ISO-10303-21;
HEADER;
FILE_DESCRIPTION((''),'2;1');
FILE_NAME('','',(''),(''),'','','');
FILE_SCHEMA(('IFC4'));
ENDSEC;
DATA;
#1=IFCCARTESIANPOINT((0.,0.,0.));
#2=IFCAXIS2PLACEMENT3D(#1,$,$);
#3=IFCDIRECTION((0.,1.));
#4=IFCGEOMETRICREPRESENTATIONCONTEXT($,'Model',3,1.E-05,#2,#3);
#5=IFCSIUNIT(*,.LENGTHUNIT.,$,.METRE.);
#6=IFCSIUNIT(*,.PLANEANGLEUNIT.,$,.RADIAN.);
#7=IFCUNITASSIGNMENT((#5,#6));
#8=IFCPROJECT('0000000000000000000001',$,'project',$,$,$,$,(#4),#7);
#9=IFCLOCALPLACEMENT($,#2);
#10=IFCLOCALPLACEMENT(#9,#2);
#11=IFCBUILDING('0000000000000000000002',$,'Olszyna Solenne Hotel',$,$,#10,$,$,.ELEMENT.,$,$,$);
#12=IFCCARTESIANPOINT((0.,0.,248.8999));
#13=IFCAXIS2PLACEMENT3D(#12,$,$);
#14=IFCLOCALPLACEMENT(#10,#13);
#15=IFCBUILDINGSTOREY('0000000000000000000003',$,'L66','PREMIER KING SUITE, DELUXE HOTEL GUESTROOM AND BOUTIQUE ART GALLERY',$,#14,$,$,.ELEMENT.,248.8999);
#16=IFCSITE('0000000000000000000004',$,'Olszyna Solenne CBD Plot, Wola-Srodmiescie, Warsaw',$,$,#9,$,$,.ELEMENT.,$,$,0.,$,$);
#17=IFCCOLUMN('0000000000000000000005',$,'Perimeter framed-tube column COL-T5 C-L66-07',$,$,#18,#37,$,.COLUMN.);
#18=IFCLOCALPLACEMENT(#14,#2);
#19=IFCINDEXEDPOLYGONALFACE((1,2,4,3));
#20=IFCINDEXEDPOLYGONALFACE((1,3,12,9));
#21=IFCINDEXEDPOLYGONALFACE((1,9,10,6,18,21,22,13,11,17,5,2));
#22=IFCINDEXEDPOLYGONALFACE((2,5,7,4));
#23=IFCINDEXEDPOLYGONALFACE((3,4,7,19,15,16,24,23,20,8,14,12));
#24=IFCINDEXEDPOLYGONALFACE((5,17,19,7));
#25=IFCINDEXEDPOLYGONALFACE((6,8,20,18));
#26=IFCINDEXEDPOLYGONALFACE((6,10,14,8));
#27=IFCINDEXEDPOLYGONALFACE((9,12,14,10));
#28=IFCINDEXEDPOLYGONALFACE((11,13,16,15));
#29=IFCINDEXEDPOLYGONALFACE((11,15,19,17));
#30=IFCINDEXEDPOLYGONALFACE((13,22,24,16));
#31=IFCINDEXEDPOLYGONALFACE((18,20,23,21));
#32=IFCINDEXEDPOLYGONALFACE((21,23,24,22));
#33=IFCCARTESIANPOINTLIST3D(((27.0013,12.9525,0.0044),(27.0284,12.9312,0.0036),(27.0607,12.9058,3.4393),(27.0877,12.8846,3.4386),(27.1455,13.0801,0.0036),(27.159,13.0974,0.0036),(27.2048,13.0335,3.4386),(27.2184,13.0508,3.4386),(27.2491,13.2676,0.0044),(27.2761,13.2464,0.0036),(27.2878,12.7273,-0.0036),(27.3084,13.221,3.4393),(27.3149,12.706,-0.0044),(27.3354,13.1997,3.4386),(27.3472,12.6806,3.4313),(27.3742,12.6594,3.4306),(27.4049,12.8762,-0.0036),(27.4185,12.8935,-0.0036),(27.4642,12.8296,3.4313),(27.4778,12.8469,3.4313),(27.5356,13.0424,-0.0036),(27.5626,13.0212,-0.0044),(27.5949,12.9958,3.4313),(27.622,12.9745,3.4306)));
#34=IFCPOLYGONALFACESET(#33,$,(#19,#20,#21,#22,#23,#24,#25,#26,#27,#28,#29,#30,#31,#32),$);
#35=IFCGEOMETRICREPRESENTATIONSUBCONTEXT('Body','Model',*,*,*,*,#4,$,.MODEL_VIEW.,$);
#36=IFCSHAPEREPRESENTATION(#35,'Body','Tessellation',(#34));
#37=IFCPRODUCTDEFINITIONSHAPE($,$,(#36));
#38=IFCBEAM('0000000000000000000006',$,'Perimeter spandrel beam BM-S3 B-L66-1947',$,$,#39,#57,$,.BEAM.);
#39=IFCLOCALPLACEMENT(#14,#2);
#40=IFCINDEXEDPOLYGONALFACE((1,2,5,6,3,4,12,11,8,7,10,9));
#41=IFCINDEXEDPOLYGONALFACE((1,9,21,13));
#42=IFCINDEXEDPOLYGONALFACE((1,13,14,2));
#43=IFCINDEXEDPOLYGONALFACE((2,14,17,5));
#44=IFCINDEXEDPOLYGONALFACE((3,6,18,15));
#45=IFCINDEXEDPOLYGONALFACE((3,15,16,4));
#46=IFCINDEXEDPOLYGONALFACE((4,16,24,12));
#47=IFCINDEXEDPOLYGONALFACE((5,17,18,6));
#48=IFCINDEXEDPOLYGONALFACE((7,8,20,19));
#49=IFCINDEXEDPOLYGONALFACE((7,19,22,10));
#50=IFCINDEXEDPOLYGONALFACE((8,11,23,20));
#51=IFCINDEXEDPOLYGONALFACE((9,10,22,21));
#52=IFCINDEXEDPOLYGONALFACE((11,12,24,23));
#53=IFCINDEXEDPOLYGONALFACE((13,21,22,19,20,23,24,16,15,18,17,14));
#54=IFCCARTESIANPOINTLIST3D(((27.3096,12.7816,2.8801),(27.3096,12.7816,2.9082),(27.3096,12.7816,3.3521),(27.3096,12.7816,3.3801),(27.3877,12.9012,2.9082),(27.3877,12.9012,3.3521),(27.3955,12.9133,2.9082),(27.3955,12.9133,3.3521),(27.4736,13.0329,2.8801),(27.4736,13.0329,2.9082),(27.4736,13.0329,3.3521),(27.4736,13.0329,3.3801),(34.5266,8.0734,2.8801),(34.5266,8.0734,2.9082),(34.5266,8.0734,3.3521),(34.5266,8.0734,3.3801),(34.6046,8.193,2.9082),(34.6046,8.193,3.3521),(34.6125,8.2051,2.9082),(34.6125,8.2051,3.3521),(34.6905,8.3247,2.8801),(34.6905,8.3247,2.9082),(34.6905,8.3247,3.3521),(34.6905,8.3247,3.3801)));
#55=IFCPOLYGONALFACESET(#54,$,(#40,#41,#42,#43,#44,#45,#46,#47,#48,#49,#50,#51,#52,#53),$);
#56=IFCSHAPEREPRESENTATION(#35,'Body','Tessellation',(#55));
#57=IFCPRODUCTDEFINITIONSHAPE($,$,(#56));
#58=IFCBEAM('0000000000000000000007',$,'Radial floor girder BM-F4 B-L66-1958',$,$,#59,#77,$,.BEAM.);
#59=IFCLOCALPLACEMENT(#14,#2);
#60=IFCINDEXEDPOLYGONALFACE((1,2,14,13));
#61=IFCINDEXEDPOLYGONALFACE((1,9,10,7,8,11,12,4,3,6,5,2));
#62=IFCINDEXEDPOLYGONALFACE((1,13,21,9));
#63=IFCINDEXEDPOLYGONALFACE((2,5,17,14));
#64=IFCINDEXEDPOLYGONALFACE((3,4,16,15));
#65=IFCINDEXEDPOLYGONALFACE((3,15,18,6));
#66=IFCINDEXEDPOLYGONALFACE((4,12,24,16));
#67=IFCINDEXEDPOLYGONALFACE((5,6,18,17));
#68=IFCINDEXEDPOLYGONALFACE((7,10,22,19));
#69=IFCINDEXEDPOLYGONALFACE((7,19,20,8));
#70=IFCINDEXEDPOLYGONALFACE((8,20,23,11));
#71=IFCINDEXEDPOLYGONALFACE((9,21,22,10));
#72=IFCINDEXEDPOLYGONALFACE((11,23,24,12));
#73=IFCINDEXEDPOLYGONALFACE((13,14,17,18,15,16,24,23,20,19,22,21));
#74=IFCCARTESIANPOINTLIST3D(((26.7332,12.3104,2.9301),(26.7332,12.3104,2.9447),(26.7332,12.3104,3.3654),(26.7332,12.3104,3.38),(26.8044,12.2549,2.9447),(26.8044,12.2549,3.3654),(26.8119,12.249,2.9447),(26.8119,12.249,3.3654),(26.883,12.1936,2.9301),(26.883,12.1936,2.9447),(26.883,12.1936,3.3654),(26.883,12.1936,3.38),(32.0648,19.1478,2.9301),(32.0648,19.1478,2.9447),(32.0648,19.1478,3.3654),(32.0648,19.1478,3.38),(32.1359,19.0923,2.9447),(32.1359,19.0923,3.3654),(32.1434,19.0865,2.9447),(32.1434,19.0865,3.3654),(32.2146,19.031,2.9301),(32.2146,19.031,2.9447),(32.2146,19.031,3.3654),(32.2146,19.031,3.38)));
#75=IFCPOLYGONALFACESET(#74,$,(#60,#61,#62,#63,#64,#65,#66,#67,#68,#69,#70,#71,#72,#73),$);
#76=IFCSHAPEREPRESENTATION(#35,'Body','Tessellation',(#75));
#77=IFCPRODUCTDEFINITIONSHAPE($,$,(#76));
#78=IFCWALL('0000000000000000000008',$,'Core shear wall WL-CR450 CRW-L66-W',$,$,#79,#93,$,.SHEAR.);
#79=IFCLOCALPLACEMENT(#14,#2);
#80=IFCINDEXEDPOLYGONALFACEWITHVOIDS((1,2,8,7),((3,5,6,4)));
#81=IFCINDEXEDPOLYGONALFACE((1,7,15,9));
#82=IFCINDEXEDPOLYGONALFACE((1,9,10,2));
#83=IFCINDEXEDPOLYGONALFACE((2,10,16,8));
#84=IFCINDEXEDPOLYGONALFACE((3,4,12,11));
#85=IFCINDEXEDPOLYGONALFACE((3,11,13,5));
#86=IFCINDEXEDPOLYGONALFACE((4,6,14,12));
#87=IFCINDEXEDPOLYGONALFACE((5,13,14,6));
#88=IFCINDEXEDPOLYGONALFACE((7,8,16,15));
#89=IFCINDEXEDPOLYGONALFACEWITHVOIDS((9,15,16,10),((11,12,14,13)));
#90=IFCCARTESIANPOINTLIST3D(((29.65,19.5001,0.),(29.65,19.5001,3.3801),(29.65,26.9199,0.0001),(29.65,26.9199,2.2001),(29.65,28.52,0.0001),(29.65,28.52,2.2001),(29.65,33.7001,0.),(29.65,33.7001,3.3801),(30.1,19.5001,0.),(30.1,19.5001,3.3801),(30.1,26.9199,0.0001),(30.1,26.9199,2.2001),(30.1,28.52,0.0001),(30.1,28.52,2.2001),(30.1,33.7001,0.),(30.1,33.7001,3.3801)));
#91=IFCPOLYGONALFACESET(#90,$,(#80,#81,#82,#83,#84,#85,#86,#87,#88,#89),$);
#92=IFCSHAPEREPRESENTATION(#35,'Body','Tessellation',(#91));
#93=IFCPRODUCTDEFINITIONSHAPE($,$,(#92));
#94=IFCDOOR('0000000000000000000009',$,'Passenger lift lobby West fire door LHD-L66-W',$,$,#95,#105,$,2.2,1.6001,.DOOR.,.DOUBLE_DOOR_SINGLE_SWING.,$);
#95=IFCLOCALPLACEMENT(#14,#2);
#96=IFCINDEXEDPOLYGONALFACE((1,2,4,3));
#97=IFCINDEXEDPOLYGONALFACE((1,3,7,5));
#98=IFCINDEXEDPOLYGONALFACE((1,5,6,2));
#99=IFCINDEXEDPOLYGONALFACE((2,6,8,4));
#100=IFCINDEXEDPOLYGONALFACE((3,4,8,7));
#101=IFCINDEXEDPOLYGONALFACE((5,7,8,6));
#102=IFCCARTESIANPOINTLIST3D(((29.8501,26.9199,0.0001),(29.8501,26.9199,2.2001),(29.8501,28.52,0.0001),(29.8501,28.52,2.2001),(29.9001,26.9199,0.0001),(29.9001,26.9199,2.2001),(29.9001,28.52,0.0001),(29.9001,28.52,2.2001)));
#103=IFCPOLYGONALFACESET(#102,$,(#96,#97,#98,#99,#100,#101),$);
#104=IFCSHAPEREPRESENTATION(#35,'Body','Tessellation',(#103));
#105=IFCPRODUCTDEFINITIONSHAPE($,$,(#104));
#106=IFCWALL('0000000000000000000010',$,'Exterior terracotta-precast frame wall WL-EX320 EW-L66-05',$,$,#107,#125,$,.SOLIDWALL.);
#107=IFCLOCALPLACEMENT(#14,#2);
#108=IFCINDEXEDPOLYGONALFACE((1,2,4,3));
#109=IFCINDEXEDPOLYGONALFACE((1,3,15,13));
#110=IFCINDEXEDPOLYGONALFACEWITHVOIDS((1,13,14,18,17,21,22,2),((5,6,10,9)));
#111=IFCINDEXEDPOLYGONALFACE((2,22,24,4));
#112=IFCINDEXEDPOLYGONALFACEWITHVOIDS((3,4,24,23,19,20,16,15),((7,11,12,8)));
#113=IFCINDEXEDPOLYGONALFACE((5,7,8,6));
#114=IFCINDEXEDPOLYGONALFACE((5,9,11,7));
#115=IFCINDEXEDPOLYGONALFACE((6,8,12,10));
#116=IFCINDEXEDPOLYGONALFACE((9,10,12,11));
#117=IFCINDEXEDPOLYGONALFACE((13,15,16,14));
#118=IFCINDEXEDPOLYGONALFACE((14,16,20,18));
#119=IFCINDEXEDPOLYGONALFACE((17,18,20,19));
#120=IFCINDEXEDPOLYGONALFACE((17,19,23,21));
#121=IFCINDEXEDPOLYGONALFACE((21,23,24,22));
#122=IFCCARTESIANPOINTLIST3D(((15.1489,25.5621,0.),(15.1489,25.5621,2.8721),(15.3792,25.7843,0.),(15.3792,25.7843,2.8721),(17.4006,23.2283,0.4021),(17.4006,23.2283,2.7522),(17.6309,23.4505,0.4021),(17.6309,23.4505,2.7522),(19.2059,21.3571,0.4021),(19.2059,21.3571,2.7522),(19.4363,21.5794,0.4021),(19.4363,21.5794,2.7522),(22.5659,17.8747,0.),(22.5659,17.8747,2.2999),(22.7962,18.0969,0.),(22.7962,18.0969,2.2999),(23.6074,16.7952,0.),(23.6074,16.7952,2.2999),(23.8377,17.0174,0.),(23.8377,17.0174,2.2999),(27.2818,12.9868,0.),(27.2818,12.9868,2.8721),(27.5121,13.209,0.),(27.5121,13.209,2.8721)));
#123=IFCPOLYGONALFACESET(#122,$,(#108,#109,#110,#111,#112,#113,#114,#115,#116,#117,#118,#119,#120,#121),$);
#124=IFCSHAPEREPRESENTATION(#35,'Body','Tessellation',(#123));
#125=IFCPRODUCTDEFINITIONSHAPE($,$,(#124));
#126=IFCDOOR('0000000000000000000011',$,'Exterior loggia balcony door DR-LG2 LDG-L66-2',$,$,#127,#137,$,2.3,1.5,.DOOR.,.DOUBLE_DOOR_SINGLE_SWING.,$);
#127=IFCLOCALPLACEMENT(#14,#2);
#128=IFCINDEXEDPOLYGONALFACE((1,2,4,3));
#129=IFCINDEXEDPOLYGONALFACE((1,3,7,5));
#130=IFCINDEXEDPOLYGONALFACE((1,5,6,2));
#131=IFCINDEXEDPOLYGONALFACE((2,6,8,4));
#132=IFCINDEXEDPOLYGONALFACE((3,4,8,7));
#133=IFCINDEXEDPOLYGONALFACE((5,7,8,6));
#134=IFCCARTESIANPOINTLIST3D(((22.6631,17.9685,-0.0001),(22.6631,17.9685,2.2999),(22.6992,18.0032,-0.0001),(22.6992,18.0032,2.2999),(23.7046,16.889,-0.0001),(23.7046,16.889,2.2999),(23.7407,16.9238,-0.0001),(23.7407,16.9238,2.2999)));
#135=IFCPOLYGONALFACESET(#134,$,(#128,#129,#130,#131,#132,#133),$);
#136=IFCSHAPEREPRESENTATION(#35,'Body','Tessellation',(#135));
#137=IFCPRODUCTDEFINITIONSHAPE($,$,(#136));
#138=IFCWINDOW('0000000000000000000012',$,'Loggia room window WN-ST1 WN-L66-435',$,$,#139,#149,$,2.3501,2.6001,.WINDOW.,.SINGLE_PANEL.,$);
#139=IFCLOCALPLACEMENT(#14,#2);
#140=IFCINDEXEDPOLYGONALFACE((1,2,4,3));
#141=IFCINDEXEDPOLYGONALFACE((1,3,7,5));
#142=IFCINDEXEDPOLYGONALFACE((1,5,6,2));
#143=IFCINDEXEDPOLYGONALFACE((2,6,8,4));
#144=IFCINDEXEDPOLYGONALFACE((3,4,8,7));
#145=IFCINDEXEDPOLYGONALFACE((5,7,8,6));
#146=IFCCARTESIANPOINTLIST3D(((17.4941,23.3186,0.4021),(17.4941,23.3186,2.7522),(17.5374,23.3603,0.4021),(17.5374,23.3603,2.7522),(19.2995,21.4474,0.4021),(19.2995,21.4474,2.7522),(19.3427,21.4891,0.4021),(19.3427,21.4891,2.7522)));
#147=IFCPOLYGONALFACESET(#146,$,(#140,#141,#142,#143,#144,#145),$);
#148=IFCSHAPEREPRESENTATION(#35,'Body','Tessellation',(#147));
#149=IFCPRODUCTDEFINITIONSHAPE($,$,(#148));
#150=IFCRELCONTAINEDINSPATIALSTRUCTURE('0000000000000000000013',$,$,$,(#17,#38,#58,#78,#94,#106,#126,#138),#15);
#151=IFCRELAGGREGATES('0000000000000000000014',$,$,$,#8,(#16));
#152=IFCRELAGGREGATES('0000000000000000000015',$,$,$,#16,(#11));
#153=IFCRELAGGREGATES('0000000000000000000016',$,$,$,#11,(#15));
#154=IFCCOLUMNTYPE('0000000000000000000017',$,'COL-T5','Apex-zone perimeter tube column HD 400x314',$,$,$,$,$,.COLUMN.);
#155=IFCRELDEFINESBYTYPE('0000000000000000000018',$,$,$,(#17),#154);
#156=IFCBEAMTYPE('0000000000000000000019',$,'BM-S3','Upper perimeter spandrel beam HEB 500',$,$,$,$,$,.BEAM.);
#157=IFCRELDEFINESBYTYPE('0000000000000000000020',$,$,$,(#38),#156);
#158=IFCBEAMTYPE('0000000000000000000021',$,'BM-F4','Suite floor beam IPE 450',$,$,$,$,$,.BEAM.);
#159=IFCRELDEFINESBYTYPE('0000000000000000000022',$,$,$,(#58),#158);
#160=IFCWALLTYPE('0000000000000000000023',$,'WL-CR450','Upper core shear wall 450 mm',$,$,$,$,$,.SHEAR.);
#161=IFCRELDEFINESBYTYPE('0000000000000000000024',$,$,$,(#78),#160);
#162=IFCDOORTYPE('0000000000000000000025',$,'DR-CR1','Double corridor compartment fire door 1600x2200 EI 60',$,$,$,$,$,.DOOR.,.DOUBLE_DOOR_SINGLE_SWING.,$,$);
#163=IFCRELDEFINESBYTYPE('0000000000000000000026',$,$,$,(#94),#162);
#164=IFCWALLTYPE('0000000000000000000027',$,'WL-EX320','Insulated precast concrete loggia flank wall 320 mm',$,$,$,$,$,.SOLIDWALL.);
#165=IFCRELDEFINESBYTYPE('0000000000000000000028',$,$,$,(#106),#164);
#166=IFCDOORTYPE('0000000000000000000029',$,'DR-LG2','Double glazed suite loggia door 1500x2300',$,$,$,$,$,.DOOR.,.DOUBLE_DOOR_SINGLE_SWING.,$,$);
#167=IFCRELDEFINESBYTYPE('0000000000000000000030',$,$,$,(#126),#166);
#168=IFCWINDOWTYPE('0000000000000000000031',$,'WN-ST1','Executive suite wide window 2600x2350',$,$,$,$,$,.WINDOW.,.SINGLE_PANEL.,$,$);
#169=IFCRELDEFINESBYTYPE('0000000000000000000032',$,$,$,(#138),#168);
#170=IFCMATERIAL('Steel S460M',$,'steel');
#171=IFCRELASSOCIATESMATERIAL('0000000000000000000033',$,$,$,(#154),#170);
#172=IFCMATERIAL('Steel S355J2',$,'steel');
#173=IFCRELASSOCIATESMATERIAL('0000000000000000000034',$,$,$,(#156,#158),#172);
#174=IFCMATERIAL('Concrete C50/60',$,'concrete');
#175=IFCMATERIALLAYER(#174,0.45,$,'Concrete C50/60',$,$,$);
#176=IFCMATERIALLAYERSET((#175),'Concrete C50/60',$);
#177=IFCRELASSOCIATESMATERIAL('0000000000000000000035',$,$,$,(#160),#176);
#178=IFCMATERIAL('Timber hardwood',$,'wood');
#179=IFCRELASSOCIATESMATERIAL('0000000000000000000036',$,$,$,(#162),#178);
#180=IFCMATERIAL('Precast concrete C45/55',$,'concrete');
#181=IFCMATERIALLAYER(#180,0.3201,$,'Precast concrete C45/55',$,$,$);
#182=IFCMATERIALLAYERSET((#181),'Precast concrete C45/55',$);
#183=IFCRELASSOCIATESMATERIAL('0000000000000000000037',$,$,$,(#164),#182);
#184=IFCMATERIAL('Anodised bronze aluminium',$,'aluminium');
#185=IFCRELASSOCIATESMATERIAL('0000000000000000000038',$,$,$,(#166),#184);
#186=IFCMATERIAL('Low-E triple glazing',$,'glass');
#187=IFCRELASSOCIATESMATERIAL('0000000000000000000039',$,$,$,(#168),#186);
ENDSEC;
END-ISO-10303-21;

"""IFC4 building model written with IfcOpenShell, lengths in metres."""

from ifc_helpers import new_model, si_unit, direction, frame, frame_2d, origin, origin_2d, place, context, subcontext, project, spatial, rectangle, i_section, extrude, source, transform, mapped, material, layer, layer_set, material_profile, profile_set, type_object, type_shapes, element, fill, save


model = new_model("IFC4")

# Units and contexts
model_context = context("Model", 3, precision=1e-05, world=origin(), true_north=direction((0.0, 1.0)))
body_context = subcontext(model_context, "Body", "Model", "MODEL_VIEW")
ifc_project = project(units=[si_unit("LENGTHUNIT", "METRE"), si_unit("PLANEANGLEUNIT", "RADIAN")], contexts=[model_context])

# Site, building, storey
site_placement = place(None, origin())
site = spatial("IfcSite", under=ifc_project, at=site_placement, Name="Olszyna Solenne CBD Plot, Wola-Srodmiescie, Warsaw", CompositionType="ELEMENT", RefElevation=0.0)
building_placement = place(site_placement, origin())
building = spatial("IfcBuilding", under=site, at=building_placement, Name="Olszyna Solenne Hotel", CompositionType="ELEMENT")
storey_placement = place(building_placement, frame((0.0, 0.0, 248.8999)))
storey = spatial("IfcBuildingStorey", under=building, at=storey_placement, Name="L66", Description="PREMIER KING SUITE, DELUXE HOTEL GUESTROOM AND BOUTIQUE ART GALLERY", CompositionType="ELEMENT", Elevation=248.8999)

# Column
ifc_material_1 = material(Name="Steel S460M", Category="steel")
ifc_material_profile_1 = material_profile(ifc_material_1, i_section(OverallWidth=0.4009, OverallDepth=0.3989, WebThickness=0.022, FlangeThickness=0.0344, at=origin_2d()), Name="HD 400x314", Category="load-bearing")
ifc_profile_set_1 = profile_set([ifc_material_profile_1], Name="Steel S460M")
column_type = type_object("IfcColumnType", Name="COL-T5", Description="Apex-zone perimeter tube column HD 400x314", PredefinedType="COLUMN", material=ifc_profile_set_1)
shared_shape_1 = source(origin(), body_context, "Body", "SweptSolid", [
    extrude(i_section(OverallWidth=0.4009, OverallDepth=0.3989, WebThickness=0.022, FlangeThickness=0.0344, at=origin_2d()), origin(), (0.0, 0.0, 1.0), 3.4358),
])
column_placement = place(storey_placement, frame((27.282, 12.9868, 0.0), z_axis=(0.017267, -0.013572, 0.999759), x_axis=(0.617964, 0.786206, 0.0)))
element("IfcColumn", 1, at=column_placement, inside=storey, type_object=column_type, Name="Perimeter framed-tube column COL-T5 C-L66-07", PredefinedType="COLUMN", context=body_context, shape_type="MappedRepresentation", body=[
    mapped(shared_shape_1, transform((0.0, 0.0, 0.0), x_axis=(1.0, 0.0, 0.0), y_axis=(0.0, 1.0, 0.0), z_axis=(0.0, 0.0, 1.0), scale=1.0)),
])

# Beams
ifc_material_2 = material(Name="Steel S355J2", Category="steel")
ifc_material_profile_2 = material_profile(ifc_material_2, i_section(OverallWidth=0.3, OverallDepth=0.5, WebThickness=0.0144, FlangeThickness=0.0281, at=origin_2d()), Name="HEB 500", Category="load-bearing")
ifc_profile_set_2 = profile_set([ifc_material_profile_2], Name="Steel S355J2")
beam_type_1 = type_object("IfcBeamType", Name="BM-S3", Description="Upper perimeter spandrel beam HEB 500", PredefinedType="BEAM", material=ifc_profile_set_2)
shared_shape_2 = source(origin(), body_context, "Body", "SweptSolid", [
    extrude(i_section(OverallWidth=0.3, OverallDepth=0.5, WebThickness=0.0144, FlangeThickness=0.0281, at=origin_2d()), origin(), (0.0, 0.0, 1.0), 8.6169),
])
beam_1_placement = place(storey_placement, frame((27.3916, 12.9072, 3.1301), z_axis=(0.837532, -0.546389, 0.0), x_axis=(0.546389, 0.837532, 0.0)))
element("IfcBeam", 2, at=beam_1_placement, inside=storey, type_object=beam_type_1, Name="Perimeter spandrel beam BM-S3 B-L66-1947", PredefinedType="BEAM", context=body_context, shape_type="MappedRepresentation", body=[
    mapped(shared_shape_2, transform((0.0, 0.0, 0.0), x_axis=(1.0, 0.0, 0.0), y_axis=(0.0, 1.0, 0.0), z_axis=(0.0, 0.0, 1.0), scale=1.0)),
])
ifc_material_profile_3 = material_profile(ifc_material_2, i_section(OverallWidth=0.1899, OverallDepth=0.45, WebThickness=0.0095, FlangeThickness=0.0146, at=origin_2d()), Name="IPE 450", Category="load-bearing")
ifc_profile_set_3 = profile_set([ifc_material_profile_3], Name="Steel S355J2")
beam_type_2 = type_object("IfcBeamType", Name="BM-F4", Description="Suite floor beam IPE 450", PredefinedType="BEAM", material=ifc_profile_set_3)
shared_shape_3 = source(origin(), body_context, "Body", "SweptSolid", [
    extrude(i_section(OverallWidth=0.1899, OverallDepth=0.45, WebThickness=0.0095, FlangeThickness=0.0146, at=origin_2d()), origin(), (0.0, 0.0, 1.0), 8.6704),
])
beam_2_placement = place(storey_placement, frame((26.8081, 12.252, 3.155), z_axis=(0.614915, 0.788594, 0.0), x_axis=(-0.788594, 0.614915, 0.0)))
element("IfcBeam", 3, at=beam_2_placement, inside=storey, type_object=beam_type_2, Name="Radial floor girder BM-F4 B-L66-1958", PredefinedType="BEAM", context=body_context, shape_type="MappedRepresentation", body=[
    mapped(shared_shape_3, transform((0.0, 0.0, 0.0), x_axis=(1.0, 0.0, 0.0), y_axis=(0.0, 1.0, 0.0), z_axis=(0.0, 0.0, 1.0), scale=1.0)),
])

# Wall, opening, door
ifc_material_3 = material(Name="Concrete C50/60", Category="concrete")
ifc_layer_1 = layer(ifc_material_3, 0.45, Name="Concrete C50/60")
ifc_layer_set_1 = layer_set([ifc_layer_1], Name="Concrete C50/60")
wall_type_1 = type_object("IfcWallType", Name="WL-CR450", Description="Upper core shear wall 450 mm", PredefinedType="SHEAR", material=ifc_layer_set_1)
wall_1_placement = place(storey_placement, frame((29.875, 19.5, 0.0), z_axis=(0.0, 0.0, 1.0), x_axis=(0.0, 1.0, 0.0)))
wall_1 = element("IfcWall", 4, at=wall_1_placement, inside=storey, type_object=wall_type_1, Name="Core shear wall WL-CR450 CRW-L66-W", PredefinedType="SHEAR", context=body_context, shape_type="SweptSolid", body=[
    extrude(rectangle(XDim=14.2, YDim=0.45, at=frame_2d((7.1001, 0.0))), origin(), (0.0, 0.0, 1.0), 3.3801),
])
opening_1_placement = place(wall_1_placement, frame((7.4199, 0.0, 0.0)))
opening_1 = element("IfcOpeningElement", 5, at=opening_1_placement, cuts=wall_1, PredefinedType="OPENING", context=body_context, shape_type="SweptSolid", body=[
    extrude(rectangle(XDim=1.6001, YDim=2.2, at=frame_2d((0.8, 1.1001))), frame((0.0, 0.2349, 0.0), z_axis=(0.0, -1.0, 0.0), x_axis=(1.0, 0.0, 0.0)), (0.0, 0.0, 1.0), 0.47),
])
ifc_material_4 = material(Name="Timber hardwood", Category="wood")
door_type_1 = type_object("IfcDoorType", Name="DR-CR1", Description="Double corridor compartment fire door 1600x2200 EI 60", OperationType="DOUBLE_DOOR_SINGLE_SWING", PredefinedType="DOOR", material=ifc_material_4)
shared_shape_4 = source(origin(), body_context, "Body", "SweptSolid", [
    extrude(rectangle(XDim=1.6001, YDim=2.2, at=frame_2d((0.8, 1.1001))), frame((0.0, 0.0249, 0.0), z_axis=(0.0, -1.0, 0.0), x_axis=(1.0, 0.0, 0.0)), (0.0, 0.0, 1.0), 0.05),
])
type_shapes(door_type_1, [shared_shape_4])
door_1_placement = place(opening_1_placement, origin())
door_1 = element("IfcDoor", 6, at=door_1_placement, inside=storey, type_object=door_type_1, Name="Passenger lift lobby West fire door LHD-L66-W", OperationType="DOUBLE_DOOR_SINGLE_SWING", OverallHeight=2.2, OverallWidth=1.6001, PredefinedType="DOOR", context=body_context, shape_type="MappedRepresentation", body=[
    mapped(shared_shape_4, transform((0.0, 0.0, 0.0), x_axis=(1.0, 0.0, 0.0), y_axis=(0.0, 1.0, 0.0), z_axis=(0.0, 0.0, 1.0), scale=1.0)),
])
fill(opening_1, door_1)

# Wall, openings, door, window
ifc_material_5 = material(Name="Precast concrete C45/55", Category="concrete")
ifc_layer_2 = layer(ifc_material_5, 0.3201, Name="Precast concrete C45/55")
ifc_layer_set_2 = layer_set([ifc_layer_2], Name="Precast concrete C45/55")
wall_type_2 = type_object("IfcWallType", Name="WL-EX320", Description="Insulated precast concrete loggia flank wall 320 mm", PredefinedType="SOLIDWALL", material=ifc_layer_set_2)
wall_2_placement = place(storey_placement, frame((27.397, 13.0979, 0.0), z_axis=(0.0, 0.0, 1.0), x_axis=(-0.694335, 0.719652, 0.0)))
wall_2 = element("IfcWall", 7, at=wall_2_placement, inside=storey, type_object=wall_type_2, Name="Exterior terracotta-precast frame wall WL-EX320 EW-L66-05", PredefinedType="SOLIDWALL", context=body_context, shape_type="SweptSolid", body=[
    extrude(rectangle(XDim=17.4741, YDim=0.3201, at=frame_2d((8.7371, 0.0))), origin(), (0.0, 0.0, 1.0), 2.8721),
])
opening_2_placement = place(wall_2_placement, frame((5.292, 0.0, 0.0)))
opening_2 = element("IfcOpeningElement", 8, at=opening_2_placement, cuts=wall_2, PredefinedType="OPENING", context=body_context, shape_type="SweptSolid", body=[
    extrude(rectangle(XDim=1.5, YDim=2.3, at=frame_2d((0.75, 1.1499))), frame((0.0, 0.1699, 0.0), z_axis=(0.0, -1.0, 0.0), x_axis=(1.0, 0.0, 0.0)), (0.0, 0.0, 1.0), 0.3401),
])
opening_3_placement = place(wall_2_placement, frame((11.6311, 0.0, 0.4021)))
opening_3 = element("IfcOpeningElement", 9, at=opening_3_placement, cuts=wall_2, PredefinedType="OPENING", context=body_context, shape_type="SweptSolid", body=[
    extrude(rectangle(XDim=2.6001, YDim=2.3501, at=frame_2d((1.3, 1.175))), frame((0.0, 0.1699, 0.0), z_axis=(0.0, -1.0, 0.0), x_axis=(1.0, 0.0, 0.0)), (0.0, 0.0, 1.0), 0.3401),
])
ifc_material_6 = material(Name="Anodised bronze aluminium", Category="aluminium")
door_type_2 = type_object("IfcDoorType", Name="DR-LG2", Description="Double glazed suite loggia door 1500x2300", OperationType="DOUBLE_DOOR_SINGLE_SWING", PredefinedType="DOOR", material=ifc_material_6)
shared_shape_5 = source(origin(), body_context, "Body", "SweptSolid", [
    extrude(rectangle(XDim=1.5, YDim=2.3, at=frame_2d((0.75, 1.1499))), frame((0.0, 0.0249, 0.0), z_axis=(0.0, -1.0, 0.0), x_axis=(1.0, 0.0, 0.0)), (0.0, 0.0, 1.0), 0.05),
])
type_shapes(door_type_2, [shared_shape_5])
door_2_placement = place(opening_2_placement, origin())
door_2 = element("IfcDoor", 10, at=door_2_placement, inside=storey, type_object=door_type_2, Name="Exterior loggia balcony door DR-LG2 LDG-L66-2", OperationType="DOUBLE_DOOR_SINGLE_SWING", OverallHeight=2.3, OverallWidth=1.5, PredefinedType="DOOR", context=body_context, shape_type="MappedRepresentation", body=[
    mapped(shared_shape_5, transform((0.0, 0.0, 0.0), x_axis=(1.0, 0.0, 0.0), y_axis=(0.0, 1.0, 0.0), z_axis=(0.0, 0.0, 1.0), scale=1.0)),
])
fill(opening_2, door_2)
ifc_material_7 = material(Name="Low-E triple glazing", Category="glass")
window_type = type_object("IfcWindowType", Name="WN-ST1", Description="Executive suite wide window 2600x2350", PartitioningType="SINGLE_PANEL", PredefinedType="WINDOW", material=ifc_material_7)
shared_shape_6 = source(origin(), body_context, "Body", "SweptSolid", [
    extrude(rectangle(XDim=2.6001, YDim=2.3501, at=frame_2d((1.3, 1.175))), frame((0.0, 0.03, 0.0), z_axis=(0.0, -1.0, 0.0), x_axis=(1.0, 0.0, 0.0)), (0.0, 0.0, 1.0), 0.0601),
])
type_shapes(window_type, [shared_shape_6])
window_placement = place(opening_3_placement, origin())
window = element("IfcWindow", 11, at=window_placement, inside=storey, type_object=window_type, Name="Loggia room window WN-ST1 WN-L66-435", OverallHeight=2.3501, OverallWidth=2.6001, PartitioningType="SINGLE_PANEL", PredefinedType="WINDOW", context=body_context, shape_type="MappedRepresentation", body=[
    mapped(shared_shape_6, transform((0.0, 0.0, 0.0), x_axis=(1.0, 0.0, 0.0), y_axis=(0.0, 1.0, 0.0), z_axis=(0.0, 0.0, 1.0), scale=1.0)),
])
fill(opening_3, window)

save(model, "model.ifc")
